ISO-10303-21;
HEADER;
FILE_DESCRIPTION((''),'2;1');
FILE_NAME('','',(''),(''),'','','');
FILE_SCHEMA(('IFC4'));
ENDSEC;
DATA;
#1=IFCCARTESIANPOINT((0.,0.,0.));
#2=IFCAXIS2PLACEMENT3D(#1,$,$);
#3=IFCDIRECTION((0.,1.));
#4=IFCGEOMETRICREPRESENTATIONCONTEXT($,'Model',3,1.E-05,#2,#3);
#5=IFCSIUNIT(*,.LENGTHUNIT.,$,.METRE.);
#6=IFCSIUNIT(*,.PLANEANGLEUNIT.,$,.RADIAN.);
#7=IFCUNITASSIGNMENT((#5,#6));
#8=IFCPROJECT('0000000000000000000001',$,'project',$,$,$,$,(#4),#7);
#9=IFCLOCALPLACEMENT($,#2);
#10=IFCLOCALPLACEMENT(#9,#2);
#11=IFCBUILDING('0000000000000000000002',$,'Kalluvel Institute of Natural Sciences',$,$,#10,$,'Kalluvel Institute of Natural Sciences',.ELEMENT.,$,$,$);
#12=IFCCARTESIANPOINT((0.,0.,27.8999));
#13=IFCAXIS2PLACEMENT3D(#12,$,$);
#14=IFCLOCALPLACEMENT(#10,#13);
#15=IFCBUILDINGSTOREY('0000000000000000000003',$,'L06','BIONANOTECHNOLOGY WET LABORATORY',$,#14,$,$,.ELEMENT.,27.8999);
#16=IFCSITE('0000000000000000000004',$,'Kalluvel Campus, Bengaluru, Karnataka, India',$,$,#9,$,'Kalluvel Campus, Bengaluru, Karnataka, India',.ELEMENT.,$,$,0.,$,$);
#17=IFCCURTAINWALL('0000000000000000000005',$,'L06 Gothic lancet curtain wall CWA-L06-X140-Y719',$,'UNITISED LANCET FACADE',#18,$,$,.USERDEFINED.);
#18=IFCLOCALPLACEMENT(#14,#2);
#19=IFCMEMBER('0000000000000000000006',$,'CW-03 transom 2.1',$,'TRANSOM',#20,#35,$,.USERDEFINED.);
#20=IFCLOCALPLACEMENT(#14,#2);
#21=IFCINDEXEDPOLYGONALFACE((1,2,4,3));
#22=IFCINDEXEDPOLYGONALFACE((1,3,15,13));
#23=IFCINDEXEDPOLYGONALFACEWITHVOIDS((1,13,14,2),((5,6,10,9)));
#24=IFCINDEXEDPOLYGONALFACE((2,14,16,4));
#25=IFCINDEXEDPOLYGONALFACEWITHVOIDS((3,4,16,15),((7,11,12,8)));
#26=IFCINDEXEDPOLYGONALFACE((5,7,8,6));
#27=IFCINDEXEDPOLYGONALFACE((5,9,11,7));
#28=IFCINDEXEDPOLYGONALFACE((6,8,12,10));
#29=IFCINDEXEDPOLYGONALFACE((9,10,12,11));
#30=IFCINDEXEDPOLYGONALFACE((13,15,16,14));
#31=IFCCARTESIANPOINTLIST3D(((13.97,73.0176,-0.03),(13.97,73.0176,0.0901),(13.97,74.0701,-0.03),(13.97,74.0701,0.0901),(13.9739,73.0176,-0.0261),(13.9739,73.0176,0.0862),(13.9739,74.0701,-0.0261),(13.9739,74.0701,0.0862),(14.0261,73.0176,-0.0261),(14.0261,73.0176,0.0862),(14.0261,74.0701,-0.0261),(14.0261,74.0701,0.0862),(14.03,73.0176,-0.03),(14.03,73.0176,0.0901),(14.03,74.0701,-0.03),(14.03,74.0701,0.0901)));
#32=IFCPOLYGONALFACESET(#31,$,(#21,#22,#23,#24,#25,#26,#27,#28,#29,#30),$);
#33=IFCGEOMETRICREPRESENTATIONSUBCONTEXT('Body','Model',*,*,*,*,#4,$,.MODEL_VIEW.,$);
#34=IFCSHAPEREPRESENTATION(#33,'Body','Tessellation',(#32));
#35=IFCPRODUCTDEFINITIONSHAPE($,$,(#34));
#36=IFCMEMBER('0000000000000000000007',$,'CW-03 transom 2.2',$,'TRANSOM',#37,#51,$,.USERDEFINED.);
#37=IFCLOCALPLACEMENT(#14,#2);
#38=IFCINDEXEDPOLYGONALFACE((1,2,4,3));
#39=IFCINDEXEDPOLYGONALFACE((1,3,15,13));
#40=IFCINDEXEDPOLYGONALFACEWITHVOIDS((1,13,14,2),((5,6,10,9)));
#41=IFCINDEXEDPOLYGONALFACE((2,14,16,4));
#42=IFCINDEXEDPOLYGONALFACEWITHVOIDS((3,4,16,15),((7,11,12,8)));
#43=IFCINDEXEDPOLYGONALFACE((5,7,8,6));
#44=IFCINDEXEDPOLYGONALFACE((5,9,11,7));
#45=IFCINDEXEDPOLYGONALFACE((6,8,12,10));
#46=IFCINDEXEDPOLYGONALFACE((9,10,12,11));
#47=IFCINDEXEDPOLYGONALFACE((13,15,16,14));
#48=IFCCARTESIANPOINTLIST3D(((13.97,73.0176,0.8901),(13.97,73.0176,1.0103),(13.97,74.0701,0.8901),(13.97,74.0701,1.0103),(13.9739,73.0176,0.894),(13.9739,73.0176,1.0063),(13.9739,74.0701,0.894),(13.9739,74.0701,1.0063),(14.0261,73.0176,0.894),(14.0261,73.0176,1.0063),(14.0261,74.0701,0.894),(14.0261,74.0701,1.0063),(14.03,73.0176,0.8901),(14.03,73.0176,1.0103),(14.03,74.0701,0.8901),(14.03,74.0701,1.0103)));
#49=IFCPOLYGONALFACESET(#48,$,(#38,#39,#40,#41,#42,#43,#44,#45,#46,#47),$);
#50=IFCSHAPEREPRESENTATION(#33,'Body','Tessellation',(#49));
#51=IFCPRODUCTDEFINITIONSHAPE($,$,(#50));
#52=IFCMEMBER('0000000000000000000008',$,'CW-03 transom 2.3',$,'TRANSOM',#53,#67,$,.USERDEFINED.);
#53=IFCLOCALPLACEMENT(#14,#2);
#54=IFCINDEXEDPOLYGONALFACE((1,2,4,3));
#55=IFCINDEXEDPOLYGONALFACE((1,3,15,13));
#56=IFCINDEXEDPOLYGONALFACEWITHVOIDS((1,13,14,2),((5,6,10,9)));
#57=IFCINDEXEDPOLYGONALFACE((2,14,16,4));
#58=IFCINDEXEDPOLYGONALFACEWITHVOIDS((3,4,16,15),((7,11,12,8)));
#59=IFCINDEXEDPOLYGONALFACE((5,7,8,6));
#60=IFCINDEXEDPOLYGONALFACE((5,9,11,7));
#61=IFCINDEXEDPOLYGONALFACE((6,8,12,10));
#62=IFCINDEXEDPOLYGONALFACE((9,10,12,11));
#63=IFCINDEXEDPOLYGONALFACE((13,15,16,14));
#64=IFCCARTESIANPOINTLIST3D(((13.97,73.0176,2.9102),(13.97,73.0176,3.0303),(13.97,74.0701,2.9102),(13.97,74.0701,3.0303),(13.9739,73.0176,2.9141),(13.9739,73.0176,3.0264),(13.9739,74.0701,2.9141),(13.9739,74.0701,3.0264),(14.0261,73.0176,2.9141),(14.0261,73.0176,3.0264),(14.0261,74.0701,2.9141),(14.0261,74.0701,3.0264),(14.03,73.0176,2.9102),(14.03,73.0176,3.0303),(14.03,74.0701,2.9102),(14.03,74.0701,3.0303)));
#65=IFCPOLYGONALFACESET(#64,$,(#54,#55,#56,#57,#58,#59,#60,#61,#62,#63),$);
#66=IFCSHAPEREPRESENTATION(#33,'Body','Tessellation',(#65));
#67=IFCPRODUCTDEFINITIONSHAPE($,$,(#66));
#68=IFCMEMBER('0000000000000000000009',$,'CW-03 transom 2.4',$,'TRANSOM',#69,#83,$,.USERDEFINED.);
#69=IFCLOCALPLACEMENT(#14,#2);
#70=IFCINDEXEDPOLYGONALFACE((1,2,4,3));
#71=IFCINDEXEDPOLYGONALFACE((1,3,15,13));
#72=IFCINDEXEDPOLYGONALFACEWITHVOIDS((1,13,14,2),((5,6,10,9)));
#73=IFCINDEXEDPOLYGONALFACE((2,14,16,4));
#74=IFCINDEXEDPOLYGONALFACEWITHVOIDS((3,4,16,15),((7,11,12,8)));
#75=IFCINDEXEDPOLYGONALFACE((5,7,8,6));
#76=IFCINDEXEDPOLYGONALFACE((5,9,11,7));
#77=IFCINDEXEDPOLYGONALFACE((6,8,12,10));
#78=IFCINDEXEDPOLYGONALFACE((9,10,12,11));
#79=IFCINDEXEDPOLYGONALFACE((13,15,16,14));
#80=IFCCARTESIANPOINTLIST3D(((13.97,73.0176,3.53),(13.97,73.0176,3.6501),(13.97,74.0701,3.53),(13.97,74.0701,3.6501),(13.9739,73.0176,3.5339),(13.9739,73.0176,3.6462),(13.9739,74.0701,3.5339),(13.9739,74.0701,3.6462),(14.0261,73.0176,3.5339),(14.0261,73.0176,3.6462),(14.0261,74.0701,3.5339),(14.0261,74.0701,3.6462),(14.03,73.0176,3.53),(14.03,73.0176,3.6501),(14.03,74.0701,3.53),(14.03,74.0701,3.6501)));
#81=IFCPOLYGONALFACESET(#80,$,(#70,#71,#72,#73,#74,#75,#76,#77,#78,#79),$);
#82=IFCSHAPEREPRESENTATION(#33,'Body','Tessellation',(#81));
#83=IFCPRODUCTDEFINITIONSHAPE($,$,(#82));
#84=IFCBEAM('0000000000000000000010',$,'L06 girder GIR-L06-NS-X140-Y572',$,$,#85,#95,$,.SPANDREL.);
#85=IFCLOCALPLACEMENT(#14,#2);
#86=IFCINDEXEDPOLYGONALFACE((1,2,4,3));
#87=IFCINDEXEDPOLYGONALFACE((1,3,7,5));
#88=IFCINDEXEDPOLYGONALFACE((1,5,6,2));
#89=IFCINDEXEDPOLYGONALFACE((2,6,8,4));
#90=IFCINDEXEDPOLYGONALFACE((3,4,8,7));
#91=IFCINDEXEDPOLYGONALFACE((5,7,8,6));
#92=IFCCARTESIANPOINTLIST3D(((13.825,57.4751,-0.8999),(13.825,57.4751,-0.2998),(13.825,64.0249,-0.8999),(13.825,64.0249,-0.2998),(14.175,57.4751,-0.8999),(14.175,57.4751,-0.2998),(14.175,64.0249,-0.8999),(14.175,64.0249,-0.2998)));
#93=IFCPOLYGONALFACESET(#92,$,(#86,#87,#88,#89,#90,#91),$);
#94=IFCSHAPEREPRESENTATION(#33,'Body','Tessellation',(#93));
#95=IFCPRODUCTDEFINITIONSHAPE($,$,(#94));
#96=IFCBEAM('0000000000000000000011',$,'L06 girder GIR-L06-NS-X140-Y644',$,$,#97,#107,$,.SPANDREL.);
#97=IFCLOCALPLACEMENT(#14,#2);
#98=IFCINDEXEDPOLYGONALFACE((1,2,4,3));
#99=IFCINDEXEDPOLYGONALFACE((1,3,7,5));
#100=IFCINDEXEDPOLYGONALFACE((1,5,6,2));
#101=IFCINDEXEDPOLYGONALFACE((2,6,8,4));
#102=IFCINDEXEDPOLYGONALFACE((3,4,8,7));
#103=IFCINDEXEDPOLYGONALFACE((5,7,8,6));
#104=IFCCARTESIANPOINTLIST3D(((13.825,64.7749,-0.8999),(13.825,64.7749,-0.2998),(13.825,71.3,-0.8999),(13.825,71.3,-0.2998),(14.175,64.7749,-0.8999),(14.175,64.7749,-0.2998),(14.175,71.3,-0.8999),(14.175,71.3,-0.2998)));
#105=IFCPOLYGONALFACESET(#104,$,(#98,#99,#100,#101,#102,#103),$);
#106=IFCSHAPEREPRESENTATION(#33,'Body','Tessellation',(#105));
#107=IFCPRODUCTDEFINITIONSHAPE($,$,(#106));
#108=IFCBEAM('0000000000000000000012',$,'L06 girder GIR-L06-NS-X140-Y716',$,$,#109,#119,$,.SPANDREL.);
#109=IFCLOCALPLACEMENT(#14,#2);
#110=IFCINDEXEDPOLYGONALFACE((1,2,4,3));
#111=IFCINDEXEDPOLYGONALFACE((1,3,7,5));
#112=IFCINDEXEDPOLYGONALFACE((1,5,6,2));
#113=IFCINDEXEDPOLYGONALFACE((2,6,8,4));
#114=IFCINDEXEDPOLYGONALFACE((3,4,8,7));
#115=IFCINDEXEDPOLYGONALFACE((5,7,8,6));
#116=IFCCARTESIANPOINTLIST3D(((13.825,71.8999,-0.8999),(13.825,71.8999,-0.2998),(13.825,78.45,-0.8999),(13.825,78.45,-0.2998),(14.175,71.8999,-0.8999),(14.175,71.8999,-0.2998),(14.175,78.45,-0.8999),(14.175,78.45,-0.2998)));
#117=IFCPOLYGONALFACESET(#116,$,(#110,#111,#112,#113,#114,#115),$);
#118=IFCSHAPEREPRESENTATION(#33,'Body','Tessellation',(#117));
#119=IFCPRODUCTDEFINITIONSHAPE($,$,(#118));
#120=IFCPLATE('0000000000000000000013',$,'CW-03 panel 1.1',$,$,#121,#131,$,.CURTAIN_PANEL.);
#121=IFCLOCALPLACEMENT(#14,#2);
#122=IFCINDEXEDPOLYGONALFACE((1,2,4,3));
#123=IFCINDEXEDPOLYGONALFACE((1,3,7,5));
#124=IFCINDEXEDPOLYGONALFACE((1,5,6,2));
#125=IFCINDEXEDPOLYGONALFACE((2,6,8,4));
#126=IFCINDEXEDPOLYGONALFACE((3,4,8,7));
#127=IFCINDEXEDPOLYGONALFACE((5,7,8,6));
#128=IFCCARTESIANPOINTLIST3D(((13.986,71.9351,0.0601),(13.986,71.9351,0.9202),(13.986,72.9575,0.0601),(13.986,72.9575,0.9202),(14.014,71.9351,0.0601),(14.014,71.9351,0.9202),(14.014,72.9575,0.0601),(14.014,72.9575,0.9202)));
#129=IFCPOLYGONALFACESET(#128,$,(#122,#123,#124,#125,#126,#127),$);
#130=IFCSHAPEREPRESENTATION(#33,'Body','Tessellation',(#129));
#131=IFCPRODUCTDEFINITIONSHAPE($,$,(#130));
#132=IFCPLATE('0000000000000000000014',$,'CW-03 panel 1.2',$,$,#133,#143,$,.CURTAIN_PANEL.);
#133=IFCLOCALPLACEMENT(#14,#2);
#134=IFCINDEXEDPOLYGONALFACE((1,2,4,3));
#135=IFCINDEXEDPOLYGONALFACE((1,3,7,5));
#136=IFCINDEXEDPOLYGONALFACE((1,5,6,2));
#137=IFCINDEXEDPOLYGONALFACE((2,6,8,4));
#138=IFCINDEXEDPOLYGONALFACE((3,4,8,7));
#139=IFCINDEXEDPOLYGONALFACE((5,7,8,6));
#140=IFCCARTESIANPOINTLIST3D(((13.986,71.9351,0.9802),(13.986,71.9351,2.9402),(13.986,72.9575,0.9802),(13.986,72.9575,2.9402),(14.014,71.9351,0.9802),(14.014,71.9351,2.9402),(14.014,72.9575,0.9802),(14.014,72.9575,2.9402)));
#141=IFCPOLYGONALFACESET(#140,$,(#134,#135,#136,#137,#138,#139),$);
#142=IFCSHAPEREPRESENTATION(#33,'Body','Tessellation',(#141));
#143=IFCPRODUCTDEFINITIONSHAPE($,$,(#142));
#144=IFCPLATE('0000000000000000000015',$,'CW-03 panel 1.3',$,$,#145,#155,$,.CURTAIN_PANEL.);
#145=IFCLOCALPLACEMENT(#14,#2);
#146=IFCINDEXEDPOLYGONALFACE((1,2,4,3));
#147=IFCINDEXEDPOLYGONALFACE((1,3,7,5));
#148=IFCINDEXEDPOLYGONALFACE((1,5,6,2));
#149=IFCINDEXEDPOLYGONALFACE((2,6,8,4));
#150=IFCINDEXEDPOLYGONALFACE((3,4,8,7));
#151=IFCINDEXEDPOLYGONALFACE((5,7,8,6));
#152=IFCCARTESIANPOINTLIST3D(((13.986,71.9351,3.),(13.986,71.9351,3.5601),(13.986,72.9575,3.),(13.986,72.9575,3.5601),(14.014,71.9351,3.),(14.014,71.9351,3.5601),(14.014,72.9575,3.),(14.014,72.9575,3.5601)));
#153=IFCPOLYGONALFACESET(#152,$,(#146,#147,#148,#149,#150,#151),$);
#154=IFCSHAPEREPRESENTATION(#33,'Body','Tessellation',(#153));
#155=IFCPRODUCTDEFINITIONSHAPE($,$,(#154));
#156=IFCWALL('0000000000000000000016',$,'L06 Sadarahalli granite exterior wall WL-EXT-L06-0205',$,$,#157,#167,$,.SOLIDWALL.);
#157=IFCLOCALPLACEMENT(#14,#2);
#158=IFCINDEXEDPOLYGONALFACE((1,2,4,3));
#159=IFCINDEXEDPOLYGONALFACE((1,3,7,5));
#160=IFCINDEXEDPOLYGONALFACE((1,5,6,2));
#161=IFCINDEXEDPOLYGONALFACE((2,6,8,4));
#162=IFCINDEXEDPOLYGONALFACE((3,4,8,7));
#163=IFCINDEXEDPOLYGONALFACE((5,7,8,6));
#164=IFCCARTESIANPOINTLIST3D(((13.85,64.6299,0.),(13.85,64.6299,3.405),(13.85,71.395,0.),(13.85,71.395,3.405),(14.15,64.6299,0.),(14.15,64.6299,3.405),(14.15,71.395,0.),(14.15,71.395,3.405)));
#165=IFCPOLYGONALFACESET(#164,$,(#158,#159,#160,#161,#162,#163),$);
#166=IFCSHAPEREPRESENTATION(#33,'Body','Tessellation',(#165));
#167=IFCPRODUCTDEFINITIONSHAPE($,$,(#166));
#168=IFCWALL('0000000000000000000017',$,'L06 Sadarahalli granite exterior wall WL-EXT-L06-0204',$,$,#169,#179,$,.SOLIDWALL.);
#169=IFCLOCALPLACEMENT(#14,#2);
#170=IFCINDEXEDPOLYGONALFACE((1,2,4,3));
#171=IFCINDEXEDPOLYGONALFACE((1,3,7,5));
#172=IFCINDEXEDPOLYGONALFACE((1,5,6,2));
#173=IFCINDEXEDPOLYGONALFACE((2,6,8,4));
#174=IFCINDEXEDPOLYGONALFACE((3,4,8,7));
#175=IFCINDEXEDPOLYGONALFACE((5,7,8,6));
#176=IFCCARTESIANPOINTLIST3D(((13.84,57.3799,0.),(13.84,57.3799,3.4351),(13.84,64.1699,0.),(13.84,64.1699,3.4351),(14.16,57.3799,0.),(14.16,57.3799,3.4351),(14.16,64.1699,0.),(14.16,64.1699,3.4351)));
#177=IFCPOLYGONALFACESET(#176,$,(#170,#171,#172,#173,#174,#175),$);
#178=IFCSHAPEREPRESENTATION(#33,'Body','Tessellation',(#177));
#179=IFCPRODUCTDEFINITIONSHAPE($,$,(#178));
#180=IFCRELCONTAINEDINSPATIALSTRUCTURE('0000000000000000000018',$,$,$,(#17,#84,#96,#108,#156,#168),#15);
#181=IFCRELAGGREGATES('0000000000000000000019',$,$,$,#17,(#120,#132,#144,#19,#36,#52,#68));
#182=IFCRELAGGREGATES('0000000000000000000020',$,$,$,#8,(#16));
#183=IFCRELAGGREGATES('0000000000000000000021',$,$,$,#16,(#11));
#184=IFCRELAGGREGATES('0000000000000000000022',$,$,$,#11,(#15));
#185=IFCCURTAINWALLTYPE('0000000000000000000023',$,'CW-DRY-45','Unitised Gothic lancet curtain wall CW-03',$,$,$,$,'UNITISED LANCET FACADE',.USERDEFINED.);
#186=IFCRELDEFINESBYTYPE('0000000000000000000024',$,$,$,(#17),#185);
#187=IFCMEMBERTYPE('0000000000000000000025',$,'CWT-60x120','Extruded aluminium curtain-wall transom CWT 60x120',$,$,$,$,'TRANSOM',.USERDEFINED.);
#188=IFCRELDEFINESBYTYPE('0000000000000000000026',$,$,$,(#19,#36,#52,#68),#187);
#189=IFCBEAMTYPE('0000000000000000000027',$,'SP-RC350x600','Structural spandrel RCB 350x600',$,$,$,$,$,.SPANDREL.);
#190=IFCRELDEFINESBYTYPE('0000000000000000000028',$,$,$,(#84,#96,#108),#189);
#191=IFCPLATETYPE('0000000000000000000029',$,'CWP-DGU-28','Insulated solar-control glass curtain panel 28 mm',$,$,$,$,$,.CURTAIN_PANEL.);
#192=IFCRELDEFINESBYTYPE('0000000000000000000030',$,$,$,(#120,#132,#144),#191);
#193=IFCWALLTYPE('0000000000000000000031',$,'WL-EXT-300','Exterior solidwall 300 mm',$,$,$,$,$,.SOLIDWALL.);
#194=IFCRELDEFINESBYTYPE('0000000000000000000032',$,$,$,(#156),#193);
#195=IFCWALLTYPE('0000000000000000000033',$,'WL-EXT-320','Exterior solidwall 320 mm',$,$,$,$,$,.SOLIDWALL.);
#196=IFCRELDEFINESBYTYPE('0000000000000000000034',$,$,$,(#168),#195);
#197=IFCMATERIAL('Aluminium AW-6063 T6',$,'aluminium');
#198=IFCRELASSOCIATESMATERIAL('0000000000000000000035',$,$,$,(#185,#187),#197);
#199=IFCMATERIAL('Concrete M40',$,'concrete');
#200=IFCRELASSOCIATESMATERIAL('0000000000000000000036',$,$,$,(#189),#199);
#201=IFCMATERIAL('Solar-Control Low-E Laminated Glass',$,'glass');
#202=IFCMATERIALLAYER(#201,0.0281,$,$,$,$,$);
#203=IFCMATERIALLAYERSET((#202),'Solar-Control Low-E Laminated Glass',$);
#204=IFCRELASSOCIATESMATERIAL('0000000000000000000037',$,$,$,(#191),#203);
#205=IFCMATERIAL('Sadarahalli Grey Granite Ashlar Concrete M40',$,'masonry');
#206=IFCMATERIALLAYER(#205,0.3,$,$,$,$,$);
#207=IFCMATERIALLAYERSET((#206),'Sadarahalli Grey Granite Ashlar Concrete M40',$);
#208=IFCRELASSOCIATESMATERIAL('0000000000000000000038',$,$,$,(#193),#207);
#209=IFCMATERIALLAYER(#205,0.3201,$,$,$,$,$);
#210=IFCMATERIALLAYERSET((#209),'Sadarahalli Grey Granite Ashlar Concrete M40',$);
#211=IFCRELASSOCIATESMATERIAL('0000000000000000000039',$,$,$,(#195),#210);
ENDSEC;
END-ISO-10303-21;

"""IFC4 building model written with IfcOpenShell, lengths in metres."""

from ifc_helpers import new_model, si_unit, direction, frame, frame_2d, origin, origin_2d, place, context, subcontext, project, spatial, rectangle, hollow_rectangle, extrude, material, layer, layer_set, material_profile, profile_set, type_object, element, aggregate, save


model = new_model("IFC4")

# Units and contexts
model_context = context("Model", 3, precision=1e-05, world=origin(), true_north=direction((0.0, 1.0)))
body_context = subcontext(model_context, "Body", "Model", "MODEL_VIEW")
ifc_project = project(units=[si_unit("LENGTHUNIT", "METRE"), si_unit("PLANEANGLEUNIT", "RADIAN")], contexts=[model_context])

# Site, building, storey
site_placement = place(None, origin())
site = spatial("IfcSite", under=ifc_project, at=site_placement, Name="Kalluvel Campus, Bengaluru, Karnataka, India", LongName="Kalluvel Campus, Bengaluru, Karnataka, India", CompositionType="ELEMENT", RefElevation=0.0)
building_placement = place(site_placement, origin())
building = spatial("IfcBuilding", under=site, at=building_placement, Name="Kalluvel Institute of Natural Sciences", LongName="Kalluvel Institute of Natural Sciences", CompositionType="ELEMENT")
storey_placement = place(building_placement, frame((0.0, 0.0, 27.8999)))
storey = spatial("IfcBuildingStorey", under=building, at=storey_placement, Name="L06", Description="BIONANOTECHNOLOGY WET LABORATORY", CompositionType="ELEMENT", Elevation=27.8999)

# Shared definitions
ifc_material_1 = material(Name="Concrete M40", Category="concrete")

# Curtain wall, members
ifc_material_2 = material(Name="Aluminium AW-6063 T6", Category="aluminium")
curtain_wall_type = type_object("IfcCurtainWallType", Name="CW-DRY-45", Description="Unitised Gothic lancet curtain wall CW-03", ElementType="UNITISED LANCET FACADE", PredefinedType="USERDEFINED", material=ifc_material_2)
curtain_wall_placement = place(storey_placement, origin())
curtain_wall = element("IfcCurtainWall", 1, at=curtain_wall_placement, inside=storey, type_object=curtain_wall_type, Name="L06 Gothic lancet curtain wall CWA-L06-X140-Y719", ObjectType="UNITISED LANCET FACADE", PredefinedType="USERDEFINED")
ifc_material_profile_1 = material_profile(ifc_material_2, hollow_rectangle(XDim=0.0601, YDim=0.1201, WallThickness=0.0039, at=origin_2d()), Name="CWT 60x120")
ifc_profile_set_1 = profile_set([ifc_material_profile_1], Name="Aluminium AW-6063 T6")
member_type_1 = type_object("IfcMemberType", Name="CWT-60x120", Description="Extruded aluminium curtain-wall transom CWT 60x120", ElementType="TRANSOM", PredefinedType="USERDEFINED", material=ifc_profile_set_1)
member_1_placement = place(storey_placement, frame((14.0, 73.0176, 0.03), z_axis=(0.0, 1.0, 0.0), x_axis=(-1.0, 0.0, 0.0)))
member_1 = element("IfcMember", 2, at=member_1_placement, type_object=member_type_1, Name="CW-03 transom 2.1", ObjectType="TRANSOM", PredefinedType="USERDEFINED", context=body_context, shape_type="SweptSolid", body=[
    extrude(hollow_rectangle(XDim=0.0601, YDim=0.1201, WallThickness=0.0039, at=origin_2d()), origin(), (0.0, 0.0, 1.0), 1.0525),
])
member_2_placement = place(storey_placement, frame((14.0, 73.0176, 0.9502), z_axis=(0.0, 1.0, 0.0), x_axis=(-1.0, 0.0, 0.0)))
member_2 = element("IfcMember", 3, at=member_2_placement, type_object=member_type_1, Name="CW-03 transom 2.2", ObjectType="TRANSOM", PredefinedType="USERDEFINED", context=body_context, shape_type="SweptSolid", body=[
    extrude(hollow_rectangle(XDim=0.0601, YDim=0.1201, WallThickness=0.0039, at=origin_2d()), origin(), (0.0, 0.0, 1.0), 1.0525),
])
member_3_placement = place(storey_placement, frame((14.0, 73.0176, 2.9702), z_axis=(0.0, 1.0, 0.0), x_axis=(-1.0, 0.0, 0.0)))
member_3 = element("IfcMember", 4, at=member_3_placement, type_object=member_type_1, Name="CW-03 transom 2.3", ObjectType="TRANSOM", PredefinedType="USERDEFINED", context=body_context, shape_type="SweptSolid", body=[
    extrude(hollow_rectangle(XDim=0.0601, YDim=0.1201, WallThickness=0.0039, at=origin_2d()), origin(), (0.0, 0.0, 1.0), 1.0525),
])
member_4_placement = place(storey_placement, frame((14.0, 73.0176, 3.5901), z_axis=(0.0, 1.0, 0.0), x_axis=(-1.0, 0.0, 0.0)))
member_4 = element("IfcMember", 5, at=member_4_placement, type_object=member_type_1, Name="CW-03 transom 2.4", ObjectType="TRANSOM", PredefinedType="USERDEFINED", context=body_context, shape_type="SweptSolid", body=[
    extrude(hollow_rectangle(XDim=0.0601, YDim=0.1201, WallThickness=0.0039, at=origin_2d()), origin(), (0.0, 0.0, 1.0), 1.0525),
])

# Beams
ifc_material_profile_2 = material_profile(ifc_material_1, rectangle(XDim=0.3501, YDim=0.6001, at=origin_2d()), Name="RCB 350x600")
ifc_profile_set_2 = profile_set([ifc_material_profile_2], Name="Concrete M40")
beam_type = type_object("IfcBeamType", Name="SP-RC350x600", Description="Structural spandrel RCB 350x600", PredefinedType="SPANDREL", material=ifc_profile_set_2)
beam_1_placement = place(storey_placement, frame((14.0, 57.4751, -0.5999), z_axis=(0.0, 1.0, 0.0), x_axis=(-1.0, 0.0, 0.0)))
element("IfcBeam", 6, at=beam_1_placement, inside=storey, type_object=beam_type, Name="L06 girder GIR-L06-NS-X140-Y572", PredefinedType="SPANDREL", context=body_context, shape_type="SweptSolid", body=[
    extrude(rectangle(XDim=0.3501, YDim=0.6001, at=origin_2d()), origin(), (0.0, 0.0, 1.0), 6.5498),
])
beam_2_placement = place(storey_placement, frame((14.0, 64.7749, -0.5999), z_axis=(0.0, 1.0, 0.0), x_axis=(-1.0, 0.0, 0.0)))
element("IfcBeam", 7, at=beam_2_placement, inside=storey, type_object=beam_type, Name="L06 girder GIR-L06-NS-X140-Y644", PredefinedType="SPANDREL", context=body_context, shape_type="SweptSolid", body=[
    extrude(rectangle(XDim=0.3501, YDim=0.6001, at=origin_2d()), origin(), (0.0, 0.0, 1.0), 6.5251),
])
beam_3_placement = place(storey_placement, frame((14.0, 71.8999, -0.5999), z_axis=(0.0, 1.0, 0.0), x_axis=(-1.0, 0.0, 0.0)))
element("IfcBeam", 8, at=beam_3_placement, inside=storey, type_object=beam_type, Name="L06 girder GIR-L06-NS-X140-Y716", PredefinedType="SPANDREL", context=body_context, shape_type="SweptSolid", body=[
    extrude(rectangle(XDim=0.3501, YDim=0.6001, at=origin_2d()), origin(), (0.0, 0.0, 1.0), 6.55),
])

# Plates
ifc_material_3 = material(Name="Solar-Control Low-E Laminated Glass", Category="glass")
ifc_layer_1 = layer(ifc_material_3, 0.0281)
ifc_layer_set_1 = layer_set([ifc_layer_1], Name="Solar-Control Low-E Laminated Glass")
plate_type = type_object("IfcPlateType", Name="CWP-DGU-28", Description="Insulated solar-control glass curtain panel 28 mm", PredefinedType="CURTAIN_PANEL", material=ifc_layer_set_1)
plate_1_placement = place(storey_placement, frame((14.0, 72.4463, 0.0601), z_axis=(0.0, 0.0, 1.0), x_axis=(0.0, 1.0, 0.0)))
plate_1 = element("IfcPlate", 9, at=plate_1_placement, type_object=plate_type, Name="CW-03 panel 1.1", PredefinedType="CURTAIN_PANEL", context=body_context, shape_type="SweptSolid", body=[
    extrude(rectangle(XDim=1.0225, YDim=0.0281, at=origin_2d()), origin(), (0.0, 0.0, 1.0), 0.8601),
])
plate_2_placement = place(storey_placement, frame((14.0, 72.4463, 0.9802), z_axis=(0.0, 0.0, 1.0), x_axis=(0.0, 1.0, 0.0)))
plate_2 = element("IfcPlate", 10, at=plate_2_placement, type_object=plate_type, Name="CW-03 panel 1.2", PredefinedType="CURTAIN_PANEL", context=body_context, shape_type="SweptSolid", body=[
    extrude(rectangle(XDim=1.0225, YDim=0.0281, at=origin_2d()), origin(), (0.0, 0.0, 1.0), 1.96),
])
plate_3_placement = place(storey_placement, frame((14.0, 72.4463, 3.0), z_axis=(0.0, 0.0, 1.0), x_axis=(0.0, 1.0, 0.0)))
plate_3 = element("IfcPlate", 11, at=plate_3_placement, type_object=plate_type, Name="CW-03 panel 1.3", PredefinedType="CURTAIN_PANEL", context=body_context, shape_type="SweptSolid", body=[
    extrude(rectangle(XDim=1.0225, YDim=0.0281, at=origin_2d()), origin(), (0.0, 0.0, 1.0), 0.5601),
])
aggregate(curtain_wall, [plate_1, plate_2, plate_3, member_1, member_2, member_3, member_4])

# Walls
ifc_material_4 = material(Name="Sadarahalli Grey Granite Ashlar Concrete M40", Category="masonry")
ifc_layer_2 = layer(ifc_material_4, 0.3)
ifc_layer_set_2 = layer_set([ifc_layer_2], Name="Sadarahalli Grey Granite Ashlar Concrete M40")
wall_type_1 = type_object("IfcWallType", Name="WL-EXT-300", Description="Exterior solidwall 300 mm", PredefinedType="SOLIDWALL", material=ifc_layer_set_2)
wall_1_placement = place(storey_placement, frame((14.0, 64.6299, 0.0), z_axis=(0.0, 0.0, 1.0), x_axis=(0.0, 1.0, 0.0)))
element("IfcWall", 12, at=wall_1_placement, inside=storey, type_object=wall_type_1, Name="L06 Sadarahalli granite exterior wall WL-EXT-L06-0205", PredefinedType="SOLIDWALL", context=body_context, shape_type="SweptSolid", body=[
    extrude(rectangle(XDim=6.7651, YDim=0.3, at=frame_2d((3.3826, 0.0))), origin(), (0.0, 0.0, 1.0), 3.405),
])
ifc_layer_3 = layer(ifc_material_4, 0.3201)
ifc_layer_set_3 = layer_set([ifc_layer_3], Name="Sadarahalli Grey Granite Ashlar Concrete M40")
wall_type_2 = type_object("IfcWallType", Name="WL-EXT-320", Description="Exterior solidwall 320 mm", PredefinedType="SOLIDWALL", material=ifc_layer_set_3)
wall_2_placement = place(storey_placement, frame((14.0, 57.3799, 0.0), z_axis=(0.0, 0.0, 1.0), x_axis=(0.0, 1.0, 0.0)))
element("IfcWall", 13, at=wall_2_placement, inside=storey, type_object=wall_type_2, Name="L06 Sadarahalli granite exterior wall WL-EXT-L06-0204", PredefinedType="SOLIDWALL", context=body_context, shape_type="SweptSolid", body=[
    extrude(rectangle(XDim=6.79, YDim=0.3201, at=frame_2d((3.395, 0.0))), origin(), (0.0, 0.0, 1.0), 3.4351),
])

save(model, "model.ifc")
